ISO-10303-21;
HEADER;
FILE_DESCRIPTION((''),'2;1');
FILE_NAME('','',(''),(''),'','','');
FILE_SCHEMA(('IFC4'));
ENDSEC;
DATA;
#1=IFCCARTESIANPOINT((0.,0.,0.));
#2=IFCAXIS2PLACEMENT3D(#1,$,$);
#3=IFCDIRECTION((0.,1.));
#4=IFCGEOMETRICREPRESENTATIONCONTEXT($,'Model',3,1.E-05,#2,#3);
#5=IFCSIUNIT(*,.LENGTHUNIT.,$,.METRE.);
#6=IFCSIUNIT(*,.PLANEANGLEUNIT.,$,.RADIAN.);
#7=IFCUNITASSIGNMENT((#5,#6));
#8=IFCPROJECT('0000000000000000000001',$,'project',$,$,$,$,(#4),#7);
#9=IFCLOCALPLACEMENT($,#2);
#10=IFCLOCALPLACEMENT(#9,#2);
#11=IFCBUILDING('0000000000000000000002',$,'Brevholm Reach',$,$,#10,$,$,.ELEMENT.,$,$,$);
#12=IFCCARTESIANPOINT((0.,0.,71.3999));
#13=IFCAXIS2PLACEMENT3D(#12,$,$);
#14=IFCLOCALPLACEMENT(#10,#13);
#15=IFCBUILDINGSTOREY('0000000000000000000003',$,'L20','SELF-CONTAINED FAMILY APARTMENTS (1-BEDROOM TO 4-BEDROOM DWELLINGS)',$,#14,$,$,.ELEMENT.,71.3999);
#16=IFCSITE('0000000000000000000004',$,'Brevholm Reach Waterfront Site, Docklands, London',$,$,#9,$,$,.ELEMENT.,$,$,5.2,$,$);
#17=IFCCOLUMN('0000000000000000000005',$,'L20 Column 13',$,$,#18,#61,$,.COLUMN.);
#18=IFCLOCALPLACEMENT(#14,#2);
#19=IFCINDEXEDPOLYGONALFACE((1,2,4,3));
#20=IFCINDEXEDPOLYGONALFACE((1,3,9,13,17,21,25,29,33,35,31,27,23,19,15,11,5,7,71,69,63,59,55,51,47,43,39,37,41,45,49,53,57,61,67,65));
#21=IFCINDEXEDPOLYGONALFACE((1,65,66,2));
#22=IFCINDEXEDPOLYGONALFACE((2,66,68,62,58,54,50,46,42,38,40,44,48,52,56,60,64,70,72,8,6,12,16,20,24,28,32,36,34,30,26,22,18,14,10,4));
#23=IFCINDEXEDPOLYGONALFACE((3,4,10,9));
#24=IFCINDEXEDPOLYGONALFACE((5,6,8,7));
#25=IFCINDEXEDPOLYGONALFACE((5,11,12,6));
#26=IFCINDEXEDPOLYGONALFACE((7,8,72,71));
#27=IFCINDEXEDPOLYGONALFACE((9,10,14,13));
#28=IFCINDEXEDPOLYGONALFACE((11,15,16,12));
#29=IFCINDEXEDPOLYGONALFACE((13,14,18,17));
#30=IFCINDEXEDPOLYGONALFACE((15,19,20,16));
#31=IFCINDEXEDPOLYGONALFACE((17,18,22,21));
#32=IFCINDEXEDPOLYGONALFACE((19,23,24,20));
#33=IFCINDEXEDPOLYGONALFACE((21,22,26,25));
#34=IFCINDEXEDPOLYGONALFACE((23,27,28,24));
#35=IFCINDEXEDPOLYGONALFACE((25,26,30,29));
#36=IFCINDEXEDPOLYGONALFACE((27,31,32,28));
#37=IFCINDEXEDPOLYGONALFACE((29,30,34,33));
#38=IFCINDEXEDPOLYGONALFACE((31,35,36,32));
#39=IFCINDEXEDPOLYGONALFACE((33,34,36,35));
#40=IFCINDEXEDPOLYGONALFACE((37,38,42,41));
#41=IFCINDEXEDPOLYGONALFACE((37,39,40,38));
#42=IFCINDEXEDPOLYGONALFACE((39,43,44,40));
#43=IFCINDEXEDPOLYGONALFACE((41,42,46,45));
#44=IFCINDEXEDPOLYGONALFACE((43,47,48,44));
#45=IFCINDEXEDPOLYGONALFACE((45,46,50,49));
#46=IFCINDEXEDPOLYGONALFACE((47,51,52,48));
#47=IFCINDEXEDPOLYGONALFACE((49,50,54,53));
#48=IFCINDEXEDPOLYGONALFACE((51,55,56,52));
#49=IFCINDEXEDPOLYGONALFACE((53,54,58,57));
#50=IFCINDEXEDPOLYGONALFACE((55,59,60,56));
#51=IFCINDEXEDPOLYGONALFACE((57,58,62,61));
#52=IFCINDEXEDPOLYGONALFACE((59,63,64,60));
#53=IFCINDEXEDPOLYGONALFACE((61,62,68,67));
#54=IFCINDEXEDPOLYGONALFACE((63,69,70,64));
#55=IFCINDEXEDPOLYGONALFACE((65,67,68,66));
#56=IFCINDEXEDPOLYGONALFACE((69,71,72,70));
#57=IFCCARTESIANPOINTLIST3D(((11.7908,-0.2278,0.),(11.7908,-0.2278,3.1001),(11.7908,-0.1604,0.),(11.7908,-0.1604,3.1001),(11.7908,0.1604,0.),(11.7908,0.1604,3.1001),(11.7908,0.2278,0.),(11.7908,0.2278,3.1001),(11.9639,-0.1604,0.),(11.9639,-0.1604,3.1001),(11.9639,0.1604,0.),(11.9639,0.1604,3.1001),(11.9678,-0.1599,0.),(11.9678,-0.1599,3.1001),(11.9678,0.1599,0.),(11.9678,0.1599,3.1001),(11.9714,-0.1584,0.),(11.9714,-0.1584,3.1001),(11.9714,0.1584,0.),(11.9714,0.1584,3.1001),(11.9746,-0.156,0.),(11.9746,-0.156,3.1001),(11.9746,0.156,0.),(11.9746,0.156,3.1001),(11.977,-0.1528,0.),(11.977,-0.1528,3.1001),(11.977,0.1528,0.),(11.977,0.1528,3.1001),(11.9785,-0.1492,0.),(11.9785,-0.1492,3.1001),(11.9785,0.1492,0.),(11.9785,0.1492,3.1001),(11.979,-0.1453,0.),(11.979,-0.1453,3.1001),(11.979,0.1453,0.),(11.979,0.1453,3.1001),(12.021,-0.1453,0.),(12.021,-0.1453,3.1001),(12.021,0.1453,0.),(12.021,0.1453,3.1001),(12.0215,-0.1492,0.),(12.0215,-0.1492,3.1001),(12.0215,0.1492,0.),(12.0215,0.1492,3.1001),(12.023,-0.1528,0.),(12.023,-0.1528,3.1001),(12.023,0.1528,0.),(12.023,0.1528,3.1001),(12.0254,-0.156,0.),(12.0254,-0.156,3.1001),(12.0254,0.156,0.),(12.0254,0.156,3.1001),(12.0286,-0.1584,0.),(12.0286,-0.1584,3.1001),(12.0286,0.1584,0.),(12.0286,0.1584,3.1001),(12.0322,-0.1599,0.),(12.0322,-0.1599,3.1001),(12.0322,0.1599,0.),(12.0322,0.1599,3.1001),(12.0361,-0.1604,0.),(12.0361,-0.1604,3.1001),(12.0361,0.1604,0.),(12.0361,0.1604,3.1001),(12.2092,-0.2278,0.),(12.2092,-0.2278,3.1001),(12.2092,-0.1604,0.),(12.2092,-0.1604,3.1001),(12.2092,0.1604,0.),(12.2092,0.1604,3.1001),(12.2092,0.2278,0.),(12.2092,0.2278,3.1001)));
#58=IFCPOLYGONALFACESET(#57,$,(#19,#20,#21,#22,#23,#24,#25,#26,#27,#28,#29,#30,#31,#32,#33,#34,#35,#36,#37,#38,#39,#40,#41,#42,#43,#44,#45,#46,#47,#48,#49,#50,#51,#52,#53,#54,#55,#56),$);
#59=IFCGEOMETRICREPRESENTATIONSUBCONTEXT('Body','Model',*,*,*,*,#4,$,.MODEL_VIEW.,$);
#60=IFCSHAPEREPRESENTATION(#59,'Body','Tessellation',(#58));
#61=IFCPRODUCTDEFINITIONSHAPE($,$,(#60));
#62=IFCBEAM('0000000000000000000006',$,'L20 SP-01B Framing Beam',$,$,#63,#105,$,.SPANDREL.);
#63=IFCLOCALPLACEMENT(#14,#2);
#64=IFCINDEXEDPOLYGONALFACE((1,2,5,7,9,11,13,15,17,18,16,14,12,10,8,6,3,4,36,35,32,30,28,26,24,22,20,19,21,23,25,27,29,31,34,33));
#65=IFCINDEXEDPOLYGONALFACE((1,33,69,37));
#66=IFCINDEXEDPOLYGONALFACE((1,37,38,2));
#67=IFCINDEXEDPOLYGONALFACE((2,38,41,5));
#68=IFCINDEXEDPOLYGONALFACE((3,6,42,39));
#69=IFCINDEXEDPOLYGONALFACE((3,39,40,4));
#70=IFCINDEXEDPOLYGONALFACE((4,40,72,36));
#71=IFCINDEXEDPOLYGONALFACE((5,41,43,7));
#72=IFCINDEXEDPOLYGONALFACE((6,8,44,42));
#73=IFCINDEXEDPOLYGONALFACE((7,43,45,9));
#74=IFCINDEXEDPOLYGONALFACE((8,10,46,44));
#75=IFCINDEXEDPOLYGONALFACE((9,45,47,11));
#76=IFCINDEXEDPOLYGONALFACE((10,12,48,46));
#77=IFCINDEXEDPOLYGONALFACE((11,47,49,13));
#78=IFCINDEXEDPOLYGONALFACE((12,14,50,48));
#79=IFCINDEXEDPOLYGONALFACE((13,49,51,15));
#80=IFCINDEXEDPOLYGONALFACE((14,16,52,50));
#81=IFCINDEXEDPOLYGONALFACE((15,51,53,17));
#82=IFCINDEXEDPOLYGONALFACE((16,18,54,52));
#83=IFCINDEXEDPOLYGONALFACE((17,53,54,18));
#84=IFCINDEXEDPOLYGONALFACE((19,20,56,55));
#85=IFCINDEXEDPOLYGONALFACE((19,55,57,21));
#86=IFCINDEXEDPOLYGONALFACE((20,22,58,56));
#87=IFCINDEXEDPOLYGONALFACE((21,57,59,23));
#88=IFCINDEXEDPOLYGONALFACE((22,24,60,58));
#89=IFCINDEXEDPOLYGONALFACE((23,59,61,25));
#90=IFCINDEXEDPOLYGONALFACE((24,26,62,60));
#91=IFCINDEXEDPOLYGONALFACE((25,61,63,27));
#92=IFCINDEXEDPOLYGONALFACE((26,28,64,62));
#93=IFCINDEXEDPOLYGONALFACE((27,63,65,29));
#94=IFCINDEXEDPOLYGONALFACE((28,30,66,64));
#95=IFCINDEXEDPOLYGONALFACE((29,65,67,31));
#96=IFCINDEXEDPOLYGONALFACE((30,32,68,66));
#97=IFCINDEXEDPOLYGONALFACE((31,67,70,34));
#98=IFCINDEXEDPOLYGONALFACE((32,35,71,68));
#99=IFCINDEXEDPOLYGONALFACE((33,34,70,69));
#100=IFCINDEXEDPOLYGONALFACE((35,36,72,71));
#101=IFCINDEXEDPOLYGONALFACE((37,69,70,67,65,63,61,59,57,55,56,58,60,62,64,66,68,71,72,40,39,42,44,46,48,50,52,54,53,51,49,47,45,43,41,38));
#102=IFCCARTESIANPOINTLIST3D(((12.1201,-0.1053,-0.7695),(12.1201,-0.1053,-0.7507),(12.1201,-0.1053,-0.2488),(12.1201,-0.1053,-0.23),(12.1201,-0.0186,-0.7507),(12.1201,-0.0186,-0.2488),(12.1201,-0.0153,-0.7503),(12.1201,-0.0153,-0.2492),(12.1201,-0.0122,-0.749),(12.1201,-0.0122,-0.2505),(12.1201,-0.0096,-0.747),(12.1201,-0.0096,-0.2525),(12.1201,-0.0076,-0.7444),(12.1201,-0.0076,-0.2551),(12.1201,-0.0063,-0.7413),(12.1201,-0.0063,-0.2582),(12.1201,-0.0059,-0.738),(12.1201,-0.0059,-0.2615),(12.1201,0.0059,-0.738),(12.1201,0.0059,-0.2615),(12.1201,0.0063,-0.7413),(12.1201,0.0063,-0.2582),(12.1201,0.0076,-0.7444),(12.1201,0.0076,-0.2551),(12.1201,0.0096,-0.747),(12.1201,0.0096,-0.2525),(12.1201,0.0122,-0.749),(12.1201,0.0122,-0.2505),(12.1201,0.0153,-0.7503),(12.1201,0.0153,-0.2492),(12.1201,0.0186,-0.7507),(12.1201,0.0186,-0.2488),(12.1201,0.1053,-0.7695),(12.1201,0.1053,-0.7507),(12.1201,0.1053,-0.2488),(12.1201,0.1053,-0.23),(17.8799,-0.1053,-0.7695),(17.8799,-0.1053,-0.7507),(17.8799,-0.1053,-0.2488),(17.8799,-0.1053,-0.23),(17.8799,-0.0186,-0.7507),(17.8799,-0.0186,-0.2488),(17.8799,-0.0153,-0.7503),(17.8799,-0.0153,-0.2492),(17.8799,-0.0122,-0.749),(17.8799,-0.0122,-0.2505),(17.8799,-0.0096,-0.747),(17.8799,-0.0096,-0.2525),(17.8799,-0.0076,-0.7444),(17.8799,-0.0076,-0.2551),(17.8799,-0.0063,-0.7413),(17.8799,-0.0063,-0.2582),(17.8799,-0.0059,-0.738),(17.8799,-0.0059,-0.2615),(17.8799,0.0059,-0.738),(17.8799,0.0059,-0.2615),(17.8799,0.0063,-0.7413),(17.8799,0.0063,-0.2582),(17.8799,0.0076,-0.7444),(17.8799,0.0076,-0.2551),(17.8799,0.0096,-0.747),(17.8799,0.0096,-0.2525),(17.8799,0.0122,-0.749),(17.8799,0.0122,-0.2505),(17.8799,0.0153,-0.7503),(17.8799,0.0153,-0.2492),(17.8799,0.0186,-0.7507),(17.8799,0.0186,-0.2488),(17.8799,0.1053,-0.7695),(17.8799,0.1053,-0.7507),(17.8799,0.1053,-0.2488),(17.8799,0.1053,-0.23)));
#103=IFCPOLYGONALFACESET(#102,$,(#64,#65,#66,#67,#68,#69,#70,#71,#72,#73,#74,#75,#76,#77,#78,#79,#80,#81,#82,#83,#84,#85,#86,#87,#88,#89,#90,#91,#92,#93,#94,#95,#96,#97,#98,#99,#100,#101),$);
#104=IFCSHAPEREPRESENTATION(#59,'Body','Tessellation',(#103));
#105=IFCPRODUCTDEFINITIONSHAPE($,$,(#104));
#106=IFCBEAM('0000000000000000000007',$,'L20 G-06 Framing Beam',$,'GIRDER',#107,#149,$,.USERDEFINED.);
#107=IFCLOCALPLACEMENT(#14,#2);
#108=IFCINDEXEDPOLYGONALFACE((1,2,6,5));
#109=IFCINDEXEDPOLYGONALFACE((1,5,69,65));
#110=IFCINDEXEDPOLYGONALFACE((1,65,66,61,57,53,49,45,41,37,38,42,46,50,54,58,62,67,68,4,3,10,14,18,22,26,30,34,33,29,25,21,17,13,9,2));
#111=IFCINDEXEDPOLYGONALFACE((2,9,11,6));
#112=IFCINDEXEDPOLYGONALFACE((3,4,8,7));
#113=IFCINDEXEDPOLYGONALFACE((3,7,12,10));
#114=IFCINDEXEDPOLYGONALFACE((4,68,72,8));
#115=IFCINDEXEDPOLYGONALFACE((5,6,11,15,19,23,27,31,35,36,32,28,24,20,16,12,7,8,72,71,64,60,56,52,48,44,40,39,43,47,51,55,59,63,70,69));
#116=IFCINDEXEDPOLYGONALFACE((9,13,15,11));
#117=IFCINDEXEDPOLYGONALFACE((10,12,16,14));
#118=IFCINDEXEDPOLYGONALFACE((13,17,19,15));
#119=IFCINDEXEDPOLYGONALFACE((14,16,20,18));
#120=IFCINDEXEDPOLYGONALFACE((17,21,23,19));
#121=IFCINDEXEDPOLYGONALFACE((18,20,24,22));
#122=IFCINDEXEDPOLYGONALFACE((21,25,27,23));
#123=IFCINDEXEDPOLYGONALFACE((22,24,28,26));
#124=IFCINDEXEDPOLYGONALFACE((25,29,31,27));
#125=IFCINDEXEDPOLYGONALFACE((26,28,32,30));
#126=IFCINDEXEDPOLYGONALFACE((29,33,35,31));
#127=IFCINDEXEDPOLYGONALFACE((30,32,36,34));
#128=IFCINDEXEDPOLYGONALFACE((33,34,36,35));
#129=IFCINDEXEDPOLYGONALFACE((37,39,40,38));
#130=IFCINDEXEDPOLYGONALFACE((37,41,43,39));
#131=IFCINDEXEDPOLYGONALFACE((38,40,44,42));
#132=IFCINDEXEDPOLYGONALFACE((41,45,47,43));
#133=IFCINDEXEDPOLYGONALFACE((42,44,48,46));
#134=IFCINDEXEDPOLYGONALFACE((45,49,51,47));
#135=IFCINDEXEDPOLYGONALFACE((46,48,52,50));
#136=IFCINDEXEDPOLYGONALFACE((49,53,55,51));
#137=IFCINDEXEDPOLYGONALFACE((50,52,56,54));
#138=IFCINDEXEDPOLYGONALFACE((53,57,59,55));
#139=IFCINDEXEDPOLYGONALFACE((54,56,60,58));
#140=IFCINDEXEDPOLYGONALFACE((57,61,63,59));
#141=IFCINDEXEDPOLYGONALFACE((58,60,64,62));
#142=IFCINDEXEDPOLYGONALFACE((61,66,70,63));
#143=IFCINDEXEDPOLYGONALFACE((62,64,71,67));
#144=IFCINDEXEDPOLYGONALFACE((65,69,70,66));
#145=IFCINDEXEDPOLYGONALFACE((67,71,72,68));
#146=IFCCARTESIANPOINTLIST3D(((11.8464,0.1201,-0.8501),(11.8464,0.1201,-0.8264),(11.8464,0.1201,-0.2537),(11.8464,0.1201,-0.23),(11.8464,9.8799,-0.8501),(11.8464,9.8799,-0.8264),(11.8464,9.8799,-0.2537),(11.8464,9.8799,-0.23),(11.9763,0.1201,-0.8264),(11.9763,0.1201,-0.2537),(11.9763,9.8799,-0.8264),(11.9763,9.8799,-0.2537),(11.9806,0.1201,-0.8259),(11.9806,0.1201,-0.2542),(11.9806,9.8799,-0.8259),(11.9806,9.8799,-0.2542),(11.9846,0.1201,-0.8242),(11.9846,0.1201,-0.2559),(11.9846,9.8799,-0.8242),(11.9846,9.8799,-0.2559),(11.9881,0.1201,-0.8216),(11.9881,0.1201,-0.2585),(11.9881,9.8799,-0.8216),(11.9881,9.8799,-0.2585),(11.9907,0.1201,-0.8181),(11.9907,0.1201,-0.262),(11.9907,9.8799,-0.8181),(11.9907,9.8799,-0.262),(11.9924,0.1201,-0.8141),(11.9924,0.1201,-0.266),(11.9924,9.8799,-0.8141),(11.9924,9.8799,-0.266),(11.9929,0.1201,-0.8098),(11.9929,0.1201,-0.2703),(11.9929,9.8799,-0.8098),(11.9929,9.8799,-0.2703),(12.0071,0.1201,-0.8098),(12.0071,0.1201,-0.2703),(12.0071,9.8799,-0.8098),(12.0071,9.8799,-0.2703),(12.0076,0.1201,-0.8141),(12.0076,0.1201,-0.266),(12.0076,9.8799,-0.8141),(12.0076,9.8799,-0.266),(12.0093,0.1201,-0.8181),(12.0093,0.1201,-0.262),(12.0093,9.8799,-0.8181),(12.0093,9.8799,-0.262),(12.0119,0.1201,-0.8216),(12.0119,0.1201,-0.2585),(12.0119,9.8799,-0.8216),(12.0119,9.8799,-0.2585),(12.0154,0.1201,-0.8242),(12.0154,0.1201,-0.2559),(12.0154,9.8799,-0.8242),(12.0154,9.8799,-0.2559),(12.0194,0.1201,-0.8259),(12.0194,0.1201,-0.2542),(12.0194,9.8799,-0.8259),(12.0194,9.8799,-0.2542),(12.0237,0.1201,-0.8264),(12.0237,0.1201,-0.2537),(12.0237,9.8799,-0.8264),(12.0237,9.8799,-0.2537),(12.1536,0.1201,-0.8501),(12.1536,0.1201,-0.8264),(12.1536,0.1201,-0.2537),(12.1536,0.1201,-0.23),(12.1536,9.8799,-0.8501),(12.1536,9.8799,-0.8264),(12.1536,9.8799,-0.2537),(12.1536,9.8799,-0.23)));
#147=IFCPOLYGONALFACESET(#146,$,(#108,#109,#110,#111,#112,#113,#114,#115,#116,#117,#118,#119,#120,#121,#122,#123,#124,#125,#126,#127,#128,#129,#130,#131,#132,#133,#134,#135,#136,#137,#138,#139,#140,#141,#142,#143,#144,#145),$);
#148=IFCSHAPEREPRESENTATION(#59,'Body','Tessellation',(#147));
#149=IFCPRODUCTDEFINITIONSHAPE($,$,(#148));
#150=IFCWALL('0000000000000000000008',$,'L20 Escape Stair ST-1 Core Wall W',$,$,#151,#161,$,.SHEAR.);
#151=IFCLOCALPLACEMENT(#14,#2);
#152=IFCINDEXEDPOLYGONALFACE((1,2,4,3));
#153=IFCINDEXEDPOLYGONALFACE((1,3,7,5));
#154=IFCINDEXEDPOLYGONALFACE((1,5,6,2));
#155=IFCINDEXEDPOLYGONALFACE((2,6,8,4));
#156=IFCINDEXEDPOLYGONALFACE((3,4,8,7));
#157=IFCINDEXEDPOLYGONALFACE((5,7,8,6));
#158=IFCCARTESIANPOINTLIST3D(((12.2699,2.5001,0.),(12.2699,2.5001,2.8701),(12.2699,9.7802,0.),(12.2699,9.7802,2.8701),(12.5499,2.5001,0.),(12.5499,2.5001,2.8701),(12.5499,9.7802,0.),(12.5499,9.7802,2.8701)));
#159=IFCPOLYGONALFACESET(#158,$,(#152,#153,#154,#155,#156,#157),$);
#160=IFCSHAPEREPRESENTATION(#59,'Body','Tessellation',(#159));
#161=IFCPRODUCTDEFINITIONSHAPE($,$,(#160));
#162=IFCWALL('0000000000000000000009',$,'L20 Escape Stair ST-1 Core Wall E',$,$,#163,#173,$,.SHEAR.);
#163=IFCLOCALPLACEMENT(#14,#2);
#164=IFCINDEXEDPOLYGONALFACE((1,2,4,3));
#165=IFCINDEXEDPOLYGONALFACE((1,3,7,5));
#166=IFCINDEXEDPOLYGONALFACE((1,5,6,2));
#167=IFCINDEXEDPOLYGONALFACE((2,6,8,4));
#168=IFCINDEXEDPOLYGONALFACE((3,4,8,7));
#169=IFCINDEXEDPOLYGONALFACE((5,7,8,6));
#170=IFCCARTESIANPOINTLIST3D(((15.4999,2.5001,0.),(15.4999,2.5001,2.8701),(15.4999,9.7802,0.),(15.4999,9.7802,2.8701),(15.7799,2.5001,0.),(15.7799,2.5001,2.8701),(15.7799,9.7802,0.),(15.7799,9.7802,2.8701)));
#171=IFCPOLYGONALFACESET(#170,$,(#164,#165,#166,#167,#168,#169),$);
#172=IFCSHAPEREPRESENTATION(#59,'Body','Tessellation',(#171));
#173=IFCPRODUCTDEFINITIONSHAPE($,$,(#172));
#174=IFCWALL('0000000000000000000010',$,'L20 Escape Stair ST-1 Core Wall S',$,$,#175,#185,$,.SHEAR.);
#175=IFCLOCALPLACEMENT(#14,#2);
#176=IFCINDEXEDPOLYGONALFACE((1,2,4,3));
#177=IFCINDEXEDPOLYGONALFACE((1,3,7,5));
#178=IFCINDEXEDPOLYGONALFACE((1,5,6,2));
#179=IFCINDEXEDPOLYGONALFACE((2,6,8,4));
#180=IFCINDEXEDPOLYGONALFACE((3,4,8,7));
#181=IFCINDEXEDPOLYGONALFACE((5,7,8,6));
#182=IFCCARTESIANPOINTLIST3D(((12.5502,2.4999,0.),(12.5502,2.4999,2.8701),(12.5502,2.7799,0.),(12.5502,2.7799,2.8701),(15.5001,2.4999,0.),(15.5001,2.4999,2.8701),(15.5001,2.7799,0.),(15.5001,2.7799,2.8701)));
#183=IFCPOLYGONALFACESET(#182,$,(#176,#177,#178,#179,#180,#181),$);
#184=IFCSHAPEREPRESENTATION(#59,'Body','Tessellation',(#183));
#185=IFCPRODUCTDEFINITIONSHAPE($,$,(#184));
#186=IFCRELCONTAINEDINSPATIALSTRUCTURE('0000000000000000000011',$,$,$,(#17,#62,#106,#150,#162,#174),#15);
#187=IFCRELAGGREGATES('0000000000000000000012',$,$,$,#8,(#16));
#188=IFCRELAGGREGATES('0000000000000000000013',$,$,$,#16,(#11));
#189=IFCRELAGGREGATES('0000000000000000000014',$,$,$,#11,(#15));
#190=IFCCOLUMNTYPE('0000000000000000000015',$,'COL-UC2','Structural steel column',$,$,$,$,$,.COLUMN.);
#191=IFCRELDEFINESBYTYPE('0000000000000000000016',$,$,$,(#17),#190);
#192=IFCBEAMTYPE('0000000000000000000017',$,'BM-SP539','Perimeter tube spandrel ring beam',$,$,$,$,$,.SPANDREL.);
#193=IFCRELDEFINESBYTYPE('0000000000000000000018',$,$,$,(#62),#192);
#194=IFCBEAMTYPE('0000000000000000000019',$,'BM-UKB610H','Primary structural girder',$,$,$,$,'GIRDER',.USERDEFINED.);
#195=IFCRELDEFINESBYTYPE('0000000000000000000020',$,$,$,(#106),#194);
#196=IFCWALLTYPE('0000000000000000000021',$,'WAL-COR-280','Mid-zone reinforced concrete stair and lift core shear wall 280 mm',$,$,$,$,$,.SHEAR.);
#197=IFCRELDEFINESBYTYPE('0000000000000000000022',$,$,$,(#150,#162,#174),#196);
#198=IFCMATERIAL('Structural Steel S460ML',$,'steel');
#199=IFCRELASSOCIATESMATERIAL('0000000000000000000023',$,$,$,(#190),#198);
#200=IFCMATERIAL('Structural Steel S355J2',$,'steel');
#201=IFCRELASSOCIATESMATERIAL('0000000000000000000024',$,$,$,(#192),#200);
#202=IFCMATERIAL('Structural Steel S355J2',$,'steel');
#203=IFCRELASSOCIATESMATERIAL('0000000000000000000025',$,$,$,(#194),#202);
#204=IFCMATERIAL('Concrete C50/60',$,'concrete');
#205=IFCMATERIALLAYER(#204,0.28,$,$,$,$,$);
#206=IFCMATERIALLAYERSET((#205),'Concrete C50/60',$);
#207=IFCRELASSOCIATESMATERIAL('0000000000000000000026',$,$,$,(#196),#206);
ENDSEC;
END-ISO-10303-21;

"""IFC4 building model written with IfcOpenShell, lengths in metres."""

from ifc_helpers import new_model, si_unit, direction, frame, frame_2d, origin, origin_2d, place, context, subcontext, project, spatial, rectangle, i_section, extrude, material, layer, layer_set, material_profile, profile_set, type_object, element, save


model = new_model("IFC4")

# Units and contexts
model_context = context("Model", 3, precision=1e-05, world=origin(), true_north=direction((0.0, 1.0)))
body_context = subcontext(model_context, "Body", "Model", "MODEL_VIEW")
ifc_project = project(units=[si_unit("LENGTHUNIT", "METRE"), si_unit("PLANEANGLEUNIT", "RADIAN")], contexts=[model_context])

# Site, building, storey
site_placement = place(None, origin())
site = spatial("IfcSite", under=ifc_project, at=site_placement, Name="Brevholm Reach Waterfront Site, Docklands, London", CompositionType="ELEMENT", RefElevation=5.2)
building_placement = place(site_placement, origin())
building = spatial("IfcBuilding", under=site, at=building_placement, Name="Brevholm Reach", CompositionType="ELEMENT")
storey_placement = place(building_placement, frame((0.0, 0.0, 71.3999)))
storey = spatial("IfcBuildingStorey", under=building, at=storey_placement, Name="L20", Description="SELF-CONTAINED FAMILY APARTMENTS (1-BEDROOM TO 4-BEDROOM DWELLINGS)", CompositionType="ELEMENT", Elevation=71.3999)

# Column
ifc_material_1 = material(Name="Structural Steel S460ML", Category="steel")
ifc_material_profile_1 = material_profile(ifc_material_1, i_section(OverallWidth=0.4185, OverallDepth=0.4556, WebThickness=0.042, FlangeThickness=0.0674, FilletRadius=0.0151, at=origin_2d()), Name="UKC 356x406x551")
ifc_profile_set_1 = profile_set([ifc_material_profile_1], Name="Structural Steel S460ML")
column_type = type_object("IfcColumnType", Name="COL-UC2", Description="Structural steel column", PredefinedType="COLUMN", material=ifc_profile_set_1)
column_placement = place(storey_placement, frame((12.0, 0.0, 0.0), z_axis=(0.0, 0.0, 1.0), x_axis=(1.0, 0.0, 0.0)))
element("IfcColumn", 1, at=column_placement, inside=storey, type_object=column_type, Name="L20 Column 13", PredefinedType="COLUMN", context=body_context, shape_type="SweptSolid", body=[
    extrude(i_section(OverallWidth=0.4185, OverallDepth=0.4556, WebThickness=0.042, FlangeThickness=0.0674, FilletRadius=0.0151, at=origin_2d()), origin(), (0.0, 0.0, 1.0), 3.1001),
])

# Beams
ifc_material_2 = material(Name="Structural Steel S355J2", Category="steel")
ifc_material_profile_2 = material_profile(ifc_material_2, i_section(OverallWidth=0.2107, OverallDepth=0.5396, WebThickness=0.0117, FlangeThickness=0.0188, FilletRadius=0.0127, at=origin_2d()), Name="UKB 533x210x109")
ifc_profile_set_2 = profile_set([ifc_material_profile_2], Name="Structural Steel S355J2")
beam_type_1 = type_object("IfcBeamType", Name="BM-SP539", Description="Perimeter tube spandrel ring beam", PredefinedType="SPANDREL", material=ifc_profile_set_2)
beam_1_placement = place(storey_placement, frame((12.1201, 0.0, -0.4998), z_axis=(1.0, 0.0, 0.0), x_axis=(0.0, 1.0, 0.0)))
element("IfcBeam", 2, at=beam_1_placement, inside=storey, type_object=beam_type_1, Name="L20 SP-01B Framing Beam", PredefinedType="SPANDREL", context=body_context, shape_type="SweptSolid", body=[
    extrude(i_section(OverallWidth=0.2107, OverallDepth=0.5396, WebThickness=0.0117, FlangeThickness=0.0188, FilletRadius=0.0127, at=origin_2d()), origin(), (0.0, 0.0, 1.0), 5.7598),
])
ifc_material_3 = material(Name="Structural Steel S355J2", Category="steel")
ifc_material_profile_3 = material_profile(ifc_material_3, i_section(OverallWidth=0.3071, OverallDepth=0.6201, WebThickness=0.0142, FlangeThickness=0.0237, FilletRadius=0.0166, at=origin_2d()), Name="UKB 610x305x179")
ifc_profile_set_3 = profile_set([ifc_material_profile_3], Name="Structural Steel S355J2")
beam_type_2 = type_object("IfcBeamType", Name="BM-UKB610H", Description="Primary structural girder", ElementType="GIRDER", PredefinedType="USERDEFINED", material=ifc_profile_set_3)
beam_2_placement = place(storey_placement, frame((12.0, 0.1201, -0.54), z_axis=(0.0, 1.0, 0.0), x_axis=(-1.0, 0.0, 0.0)))
element("IfcBeam", 3, at=beam_2_placement, inside=storey, type_object=beam_type_2, Name="L20 G-06 Framing Beam", ObjectType="GIRDER", PredefinedType="USERDEFINED", context=body_context, shape_type="SweptSolid", body=[
    extrude(i_section(OverallWidth=0.3071, OverallDepth=0.6201, WebThickness=0.0142, FlangeThickness=0.0237, FilletRadius=0.0166, at=origin_2d()), origin(), (0.0, 0.0, 1.0), 9.7598),
])

# Walls
ifc_material_4 = material(Name="Concrete C50/60", Category="concrete")
ifc_layer_1 = layer(ifc_material_4, 0.28)
ifc_layer_set_1 = layer_set([ifc_layer_1], Name="Concrete C50/60")
wall_type_1 = type_object("IfcWallType", Name="WAL-COR-280", Description="Mid-zone reinforced concrete stair and lift core shear wall 280 mm", PredefinedType="SHEAR", material=ifc_layer_set_1)
for number, where, z_axis, x_axis, name in (
    (4, (12.4099, 2.5, 0.0), (0.0, 0.0, 1.0), (0.0, 1.0, 0.0), "L20 Escape Stair ST-1 Core Wall W"),
    (5, (15.6399, 2.5, 0.0), (0.0, 0.0, 1.0), (0.0, 1.0, 0.0), "L20 Escape Stair ST-1 Core Wall E"),
):
    element("IfcWall", number, at=place(storey_placement, frame(where, z_axis=z_axis, x_axis=x_axis)), inside=storey, type_object=wall_type_1, Name=name, PredefinedType="SHEAR", context=body_context, shape_type="SweptSolid", body=[
        extrude(rectangle(XDim=7.28, YDim=0.28, at=frame_2d((3.6401, 0.0))), origin(), (0.0, 0.0, 1.0), 2.8701),
    ])
wall_1_placement = place(storey_placement, frame((12.55, 2.6399, 0.0), z_axis=(0.0, 0.0, 1.0), x_axis=(1.0, 0.0, 0.0)))
element("IfcWall", 6, at=wall_1_placement, inside=storey, type_object=wall_type_1, Name="L20 Escape Stair ST-1 Core Wall S", PredefinedType="SHEAR", context=body_context, shape_type="SweptSolid", body=[
    extrude(rectangle(XDim=2.95, YDim=0.28, at=frame_2d((1.4751, 0.0))), origin(), (0.0, 0.0, 1.0), 2.8701),
])

save(model, "model.ifc")
